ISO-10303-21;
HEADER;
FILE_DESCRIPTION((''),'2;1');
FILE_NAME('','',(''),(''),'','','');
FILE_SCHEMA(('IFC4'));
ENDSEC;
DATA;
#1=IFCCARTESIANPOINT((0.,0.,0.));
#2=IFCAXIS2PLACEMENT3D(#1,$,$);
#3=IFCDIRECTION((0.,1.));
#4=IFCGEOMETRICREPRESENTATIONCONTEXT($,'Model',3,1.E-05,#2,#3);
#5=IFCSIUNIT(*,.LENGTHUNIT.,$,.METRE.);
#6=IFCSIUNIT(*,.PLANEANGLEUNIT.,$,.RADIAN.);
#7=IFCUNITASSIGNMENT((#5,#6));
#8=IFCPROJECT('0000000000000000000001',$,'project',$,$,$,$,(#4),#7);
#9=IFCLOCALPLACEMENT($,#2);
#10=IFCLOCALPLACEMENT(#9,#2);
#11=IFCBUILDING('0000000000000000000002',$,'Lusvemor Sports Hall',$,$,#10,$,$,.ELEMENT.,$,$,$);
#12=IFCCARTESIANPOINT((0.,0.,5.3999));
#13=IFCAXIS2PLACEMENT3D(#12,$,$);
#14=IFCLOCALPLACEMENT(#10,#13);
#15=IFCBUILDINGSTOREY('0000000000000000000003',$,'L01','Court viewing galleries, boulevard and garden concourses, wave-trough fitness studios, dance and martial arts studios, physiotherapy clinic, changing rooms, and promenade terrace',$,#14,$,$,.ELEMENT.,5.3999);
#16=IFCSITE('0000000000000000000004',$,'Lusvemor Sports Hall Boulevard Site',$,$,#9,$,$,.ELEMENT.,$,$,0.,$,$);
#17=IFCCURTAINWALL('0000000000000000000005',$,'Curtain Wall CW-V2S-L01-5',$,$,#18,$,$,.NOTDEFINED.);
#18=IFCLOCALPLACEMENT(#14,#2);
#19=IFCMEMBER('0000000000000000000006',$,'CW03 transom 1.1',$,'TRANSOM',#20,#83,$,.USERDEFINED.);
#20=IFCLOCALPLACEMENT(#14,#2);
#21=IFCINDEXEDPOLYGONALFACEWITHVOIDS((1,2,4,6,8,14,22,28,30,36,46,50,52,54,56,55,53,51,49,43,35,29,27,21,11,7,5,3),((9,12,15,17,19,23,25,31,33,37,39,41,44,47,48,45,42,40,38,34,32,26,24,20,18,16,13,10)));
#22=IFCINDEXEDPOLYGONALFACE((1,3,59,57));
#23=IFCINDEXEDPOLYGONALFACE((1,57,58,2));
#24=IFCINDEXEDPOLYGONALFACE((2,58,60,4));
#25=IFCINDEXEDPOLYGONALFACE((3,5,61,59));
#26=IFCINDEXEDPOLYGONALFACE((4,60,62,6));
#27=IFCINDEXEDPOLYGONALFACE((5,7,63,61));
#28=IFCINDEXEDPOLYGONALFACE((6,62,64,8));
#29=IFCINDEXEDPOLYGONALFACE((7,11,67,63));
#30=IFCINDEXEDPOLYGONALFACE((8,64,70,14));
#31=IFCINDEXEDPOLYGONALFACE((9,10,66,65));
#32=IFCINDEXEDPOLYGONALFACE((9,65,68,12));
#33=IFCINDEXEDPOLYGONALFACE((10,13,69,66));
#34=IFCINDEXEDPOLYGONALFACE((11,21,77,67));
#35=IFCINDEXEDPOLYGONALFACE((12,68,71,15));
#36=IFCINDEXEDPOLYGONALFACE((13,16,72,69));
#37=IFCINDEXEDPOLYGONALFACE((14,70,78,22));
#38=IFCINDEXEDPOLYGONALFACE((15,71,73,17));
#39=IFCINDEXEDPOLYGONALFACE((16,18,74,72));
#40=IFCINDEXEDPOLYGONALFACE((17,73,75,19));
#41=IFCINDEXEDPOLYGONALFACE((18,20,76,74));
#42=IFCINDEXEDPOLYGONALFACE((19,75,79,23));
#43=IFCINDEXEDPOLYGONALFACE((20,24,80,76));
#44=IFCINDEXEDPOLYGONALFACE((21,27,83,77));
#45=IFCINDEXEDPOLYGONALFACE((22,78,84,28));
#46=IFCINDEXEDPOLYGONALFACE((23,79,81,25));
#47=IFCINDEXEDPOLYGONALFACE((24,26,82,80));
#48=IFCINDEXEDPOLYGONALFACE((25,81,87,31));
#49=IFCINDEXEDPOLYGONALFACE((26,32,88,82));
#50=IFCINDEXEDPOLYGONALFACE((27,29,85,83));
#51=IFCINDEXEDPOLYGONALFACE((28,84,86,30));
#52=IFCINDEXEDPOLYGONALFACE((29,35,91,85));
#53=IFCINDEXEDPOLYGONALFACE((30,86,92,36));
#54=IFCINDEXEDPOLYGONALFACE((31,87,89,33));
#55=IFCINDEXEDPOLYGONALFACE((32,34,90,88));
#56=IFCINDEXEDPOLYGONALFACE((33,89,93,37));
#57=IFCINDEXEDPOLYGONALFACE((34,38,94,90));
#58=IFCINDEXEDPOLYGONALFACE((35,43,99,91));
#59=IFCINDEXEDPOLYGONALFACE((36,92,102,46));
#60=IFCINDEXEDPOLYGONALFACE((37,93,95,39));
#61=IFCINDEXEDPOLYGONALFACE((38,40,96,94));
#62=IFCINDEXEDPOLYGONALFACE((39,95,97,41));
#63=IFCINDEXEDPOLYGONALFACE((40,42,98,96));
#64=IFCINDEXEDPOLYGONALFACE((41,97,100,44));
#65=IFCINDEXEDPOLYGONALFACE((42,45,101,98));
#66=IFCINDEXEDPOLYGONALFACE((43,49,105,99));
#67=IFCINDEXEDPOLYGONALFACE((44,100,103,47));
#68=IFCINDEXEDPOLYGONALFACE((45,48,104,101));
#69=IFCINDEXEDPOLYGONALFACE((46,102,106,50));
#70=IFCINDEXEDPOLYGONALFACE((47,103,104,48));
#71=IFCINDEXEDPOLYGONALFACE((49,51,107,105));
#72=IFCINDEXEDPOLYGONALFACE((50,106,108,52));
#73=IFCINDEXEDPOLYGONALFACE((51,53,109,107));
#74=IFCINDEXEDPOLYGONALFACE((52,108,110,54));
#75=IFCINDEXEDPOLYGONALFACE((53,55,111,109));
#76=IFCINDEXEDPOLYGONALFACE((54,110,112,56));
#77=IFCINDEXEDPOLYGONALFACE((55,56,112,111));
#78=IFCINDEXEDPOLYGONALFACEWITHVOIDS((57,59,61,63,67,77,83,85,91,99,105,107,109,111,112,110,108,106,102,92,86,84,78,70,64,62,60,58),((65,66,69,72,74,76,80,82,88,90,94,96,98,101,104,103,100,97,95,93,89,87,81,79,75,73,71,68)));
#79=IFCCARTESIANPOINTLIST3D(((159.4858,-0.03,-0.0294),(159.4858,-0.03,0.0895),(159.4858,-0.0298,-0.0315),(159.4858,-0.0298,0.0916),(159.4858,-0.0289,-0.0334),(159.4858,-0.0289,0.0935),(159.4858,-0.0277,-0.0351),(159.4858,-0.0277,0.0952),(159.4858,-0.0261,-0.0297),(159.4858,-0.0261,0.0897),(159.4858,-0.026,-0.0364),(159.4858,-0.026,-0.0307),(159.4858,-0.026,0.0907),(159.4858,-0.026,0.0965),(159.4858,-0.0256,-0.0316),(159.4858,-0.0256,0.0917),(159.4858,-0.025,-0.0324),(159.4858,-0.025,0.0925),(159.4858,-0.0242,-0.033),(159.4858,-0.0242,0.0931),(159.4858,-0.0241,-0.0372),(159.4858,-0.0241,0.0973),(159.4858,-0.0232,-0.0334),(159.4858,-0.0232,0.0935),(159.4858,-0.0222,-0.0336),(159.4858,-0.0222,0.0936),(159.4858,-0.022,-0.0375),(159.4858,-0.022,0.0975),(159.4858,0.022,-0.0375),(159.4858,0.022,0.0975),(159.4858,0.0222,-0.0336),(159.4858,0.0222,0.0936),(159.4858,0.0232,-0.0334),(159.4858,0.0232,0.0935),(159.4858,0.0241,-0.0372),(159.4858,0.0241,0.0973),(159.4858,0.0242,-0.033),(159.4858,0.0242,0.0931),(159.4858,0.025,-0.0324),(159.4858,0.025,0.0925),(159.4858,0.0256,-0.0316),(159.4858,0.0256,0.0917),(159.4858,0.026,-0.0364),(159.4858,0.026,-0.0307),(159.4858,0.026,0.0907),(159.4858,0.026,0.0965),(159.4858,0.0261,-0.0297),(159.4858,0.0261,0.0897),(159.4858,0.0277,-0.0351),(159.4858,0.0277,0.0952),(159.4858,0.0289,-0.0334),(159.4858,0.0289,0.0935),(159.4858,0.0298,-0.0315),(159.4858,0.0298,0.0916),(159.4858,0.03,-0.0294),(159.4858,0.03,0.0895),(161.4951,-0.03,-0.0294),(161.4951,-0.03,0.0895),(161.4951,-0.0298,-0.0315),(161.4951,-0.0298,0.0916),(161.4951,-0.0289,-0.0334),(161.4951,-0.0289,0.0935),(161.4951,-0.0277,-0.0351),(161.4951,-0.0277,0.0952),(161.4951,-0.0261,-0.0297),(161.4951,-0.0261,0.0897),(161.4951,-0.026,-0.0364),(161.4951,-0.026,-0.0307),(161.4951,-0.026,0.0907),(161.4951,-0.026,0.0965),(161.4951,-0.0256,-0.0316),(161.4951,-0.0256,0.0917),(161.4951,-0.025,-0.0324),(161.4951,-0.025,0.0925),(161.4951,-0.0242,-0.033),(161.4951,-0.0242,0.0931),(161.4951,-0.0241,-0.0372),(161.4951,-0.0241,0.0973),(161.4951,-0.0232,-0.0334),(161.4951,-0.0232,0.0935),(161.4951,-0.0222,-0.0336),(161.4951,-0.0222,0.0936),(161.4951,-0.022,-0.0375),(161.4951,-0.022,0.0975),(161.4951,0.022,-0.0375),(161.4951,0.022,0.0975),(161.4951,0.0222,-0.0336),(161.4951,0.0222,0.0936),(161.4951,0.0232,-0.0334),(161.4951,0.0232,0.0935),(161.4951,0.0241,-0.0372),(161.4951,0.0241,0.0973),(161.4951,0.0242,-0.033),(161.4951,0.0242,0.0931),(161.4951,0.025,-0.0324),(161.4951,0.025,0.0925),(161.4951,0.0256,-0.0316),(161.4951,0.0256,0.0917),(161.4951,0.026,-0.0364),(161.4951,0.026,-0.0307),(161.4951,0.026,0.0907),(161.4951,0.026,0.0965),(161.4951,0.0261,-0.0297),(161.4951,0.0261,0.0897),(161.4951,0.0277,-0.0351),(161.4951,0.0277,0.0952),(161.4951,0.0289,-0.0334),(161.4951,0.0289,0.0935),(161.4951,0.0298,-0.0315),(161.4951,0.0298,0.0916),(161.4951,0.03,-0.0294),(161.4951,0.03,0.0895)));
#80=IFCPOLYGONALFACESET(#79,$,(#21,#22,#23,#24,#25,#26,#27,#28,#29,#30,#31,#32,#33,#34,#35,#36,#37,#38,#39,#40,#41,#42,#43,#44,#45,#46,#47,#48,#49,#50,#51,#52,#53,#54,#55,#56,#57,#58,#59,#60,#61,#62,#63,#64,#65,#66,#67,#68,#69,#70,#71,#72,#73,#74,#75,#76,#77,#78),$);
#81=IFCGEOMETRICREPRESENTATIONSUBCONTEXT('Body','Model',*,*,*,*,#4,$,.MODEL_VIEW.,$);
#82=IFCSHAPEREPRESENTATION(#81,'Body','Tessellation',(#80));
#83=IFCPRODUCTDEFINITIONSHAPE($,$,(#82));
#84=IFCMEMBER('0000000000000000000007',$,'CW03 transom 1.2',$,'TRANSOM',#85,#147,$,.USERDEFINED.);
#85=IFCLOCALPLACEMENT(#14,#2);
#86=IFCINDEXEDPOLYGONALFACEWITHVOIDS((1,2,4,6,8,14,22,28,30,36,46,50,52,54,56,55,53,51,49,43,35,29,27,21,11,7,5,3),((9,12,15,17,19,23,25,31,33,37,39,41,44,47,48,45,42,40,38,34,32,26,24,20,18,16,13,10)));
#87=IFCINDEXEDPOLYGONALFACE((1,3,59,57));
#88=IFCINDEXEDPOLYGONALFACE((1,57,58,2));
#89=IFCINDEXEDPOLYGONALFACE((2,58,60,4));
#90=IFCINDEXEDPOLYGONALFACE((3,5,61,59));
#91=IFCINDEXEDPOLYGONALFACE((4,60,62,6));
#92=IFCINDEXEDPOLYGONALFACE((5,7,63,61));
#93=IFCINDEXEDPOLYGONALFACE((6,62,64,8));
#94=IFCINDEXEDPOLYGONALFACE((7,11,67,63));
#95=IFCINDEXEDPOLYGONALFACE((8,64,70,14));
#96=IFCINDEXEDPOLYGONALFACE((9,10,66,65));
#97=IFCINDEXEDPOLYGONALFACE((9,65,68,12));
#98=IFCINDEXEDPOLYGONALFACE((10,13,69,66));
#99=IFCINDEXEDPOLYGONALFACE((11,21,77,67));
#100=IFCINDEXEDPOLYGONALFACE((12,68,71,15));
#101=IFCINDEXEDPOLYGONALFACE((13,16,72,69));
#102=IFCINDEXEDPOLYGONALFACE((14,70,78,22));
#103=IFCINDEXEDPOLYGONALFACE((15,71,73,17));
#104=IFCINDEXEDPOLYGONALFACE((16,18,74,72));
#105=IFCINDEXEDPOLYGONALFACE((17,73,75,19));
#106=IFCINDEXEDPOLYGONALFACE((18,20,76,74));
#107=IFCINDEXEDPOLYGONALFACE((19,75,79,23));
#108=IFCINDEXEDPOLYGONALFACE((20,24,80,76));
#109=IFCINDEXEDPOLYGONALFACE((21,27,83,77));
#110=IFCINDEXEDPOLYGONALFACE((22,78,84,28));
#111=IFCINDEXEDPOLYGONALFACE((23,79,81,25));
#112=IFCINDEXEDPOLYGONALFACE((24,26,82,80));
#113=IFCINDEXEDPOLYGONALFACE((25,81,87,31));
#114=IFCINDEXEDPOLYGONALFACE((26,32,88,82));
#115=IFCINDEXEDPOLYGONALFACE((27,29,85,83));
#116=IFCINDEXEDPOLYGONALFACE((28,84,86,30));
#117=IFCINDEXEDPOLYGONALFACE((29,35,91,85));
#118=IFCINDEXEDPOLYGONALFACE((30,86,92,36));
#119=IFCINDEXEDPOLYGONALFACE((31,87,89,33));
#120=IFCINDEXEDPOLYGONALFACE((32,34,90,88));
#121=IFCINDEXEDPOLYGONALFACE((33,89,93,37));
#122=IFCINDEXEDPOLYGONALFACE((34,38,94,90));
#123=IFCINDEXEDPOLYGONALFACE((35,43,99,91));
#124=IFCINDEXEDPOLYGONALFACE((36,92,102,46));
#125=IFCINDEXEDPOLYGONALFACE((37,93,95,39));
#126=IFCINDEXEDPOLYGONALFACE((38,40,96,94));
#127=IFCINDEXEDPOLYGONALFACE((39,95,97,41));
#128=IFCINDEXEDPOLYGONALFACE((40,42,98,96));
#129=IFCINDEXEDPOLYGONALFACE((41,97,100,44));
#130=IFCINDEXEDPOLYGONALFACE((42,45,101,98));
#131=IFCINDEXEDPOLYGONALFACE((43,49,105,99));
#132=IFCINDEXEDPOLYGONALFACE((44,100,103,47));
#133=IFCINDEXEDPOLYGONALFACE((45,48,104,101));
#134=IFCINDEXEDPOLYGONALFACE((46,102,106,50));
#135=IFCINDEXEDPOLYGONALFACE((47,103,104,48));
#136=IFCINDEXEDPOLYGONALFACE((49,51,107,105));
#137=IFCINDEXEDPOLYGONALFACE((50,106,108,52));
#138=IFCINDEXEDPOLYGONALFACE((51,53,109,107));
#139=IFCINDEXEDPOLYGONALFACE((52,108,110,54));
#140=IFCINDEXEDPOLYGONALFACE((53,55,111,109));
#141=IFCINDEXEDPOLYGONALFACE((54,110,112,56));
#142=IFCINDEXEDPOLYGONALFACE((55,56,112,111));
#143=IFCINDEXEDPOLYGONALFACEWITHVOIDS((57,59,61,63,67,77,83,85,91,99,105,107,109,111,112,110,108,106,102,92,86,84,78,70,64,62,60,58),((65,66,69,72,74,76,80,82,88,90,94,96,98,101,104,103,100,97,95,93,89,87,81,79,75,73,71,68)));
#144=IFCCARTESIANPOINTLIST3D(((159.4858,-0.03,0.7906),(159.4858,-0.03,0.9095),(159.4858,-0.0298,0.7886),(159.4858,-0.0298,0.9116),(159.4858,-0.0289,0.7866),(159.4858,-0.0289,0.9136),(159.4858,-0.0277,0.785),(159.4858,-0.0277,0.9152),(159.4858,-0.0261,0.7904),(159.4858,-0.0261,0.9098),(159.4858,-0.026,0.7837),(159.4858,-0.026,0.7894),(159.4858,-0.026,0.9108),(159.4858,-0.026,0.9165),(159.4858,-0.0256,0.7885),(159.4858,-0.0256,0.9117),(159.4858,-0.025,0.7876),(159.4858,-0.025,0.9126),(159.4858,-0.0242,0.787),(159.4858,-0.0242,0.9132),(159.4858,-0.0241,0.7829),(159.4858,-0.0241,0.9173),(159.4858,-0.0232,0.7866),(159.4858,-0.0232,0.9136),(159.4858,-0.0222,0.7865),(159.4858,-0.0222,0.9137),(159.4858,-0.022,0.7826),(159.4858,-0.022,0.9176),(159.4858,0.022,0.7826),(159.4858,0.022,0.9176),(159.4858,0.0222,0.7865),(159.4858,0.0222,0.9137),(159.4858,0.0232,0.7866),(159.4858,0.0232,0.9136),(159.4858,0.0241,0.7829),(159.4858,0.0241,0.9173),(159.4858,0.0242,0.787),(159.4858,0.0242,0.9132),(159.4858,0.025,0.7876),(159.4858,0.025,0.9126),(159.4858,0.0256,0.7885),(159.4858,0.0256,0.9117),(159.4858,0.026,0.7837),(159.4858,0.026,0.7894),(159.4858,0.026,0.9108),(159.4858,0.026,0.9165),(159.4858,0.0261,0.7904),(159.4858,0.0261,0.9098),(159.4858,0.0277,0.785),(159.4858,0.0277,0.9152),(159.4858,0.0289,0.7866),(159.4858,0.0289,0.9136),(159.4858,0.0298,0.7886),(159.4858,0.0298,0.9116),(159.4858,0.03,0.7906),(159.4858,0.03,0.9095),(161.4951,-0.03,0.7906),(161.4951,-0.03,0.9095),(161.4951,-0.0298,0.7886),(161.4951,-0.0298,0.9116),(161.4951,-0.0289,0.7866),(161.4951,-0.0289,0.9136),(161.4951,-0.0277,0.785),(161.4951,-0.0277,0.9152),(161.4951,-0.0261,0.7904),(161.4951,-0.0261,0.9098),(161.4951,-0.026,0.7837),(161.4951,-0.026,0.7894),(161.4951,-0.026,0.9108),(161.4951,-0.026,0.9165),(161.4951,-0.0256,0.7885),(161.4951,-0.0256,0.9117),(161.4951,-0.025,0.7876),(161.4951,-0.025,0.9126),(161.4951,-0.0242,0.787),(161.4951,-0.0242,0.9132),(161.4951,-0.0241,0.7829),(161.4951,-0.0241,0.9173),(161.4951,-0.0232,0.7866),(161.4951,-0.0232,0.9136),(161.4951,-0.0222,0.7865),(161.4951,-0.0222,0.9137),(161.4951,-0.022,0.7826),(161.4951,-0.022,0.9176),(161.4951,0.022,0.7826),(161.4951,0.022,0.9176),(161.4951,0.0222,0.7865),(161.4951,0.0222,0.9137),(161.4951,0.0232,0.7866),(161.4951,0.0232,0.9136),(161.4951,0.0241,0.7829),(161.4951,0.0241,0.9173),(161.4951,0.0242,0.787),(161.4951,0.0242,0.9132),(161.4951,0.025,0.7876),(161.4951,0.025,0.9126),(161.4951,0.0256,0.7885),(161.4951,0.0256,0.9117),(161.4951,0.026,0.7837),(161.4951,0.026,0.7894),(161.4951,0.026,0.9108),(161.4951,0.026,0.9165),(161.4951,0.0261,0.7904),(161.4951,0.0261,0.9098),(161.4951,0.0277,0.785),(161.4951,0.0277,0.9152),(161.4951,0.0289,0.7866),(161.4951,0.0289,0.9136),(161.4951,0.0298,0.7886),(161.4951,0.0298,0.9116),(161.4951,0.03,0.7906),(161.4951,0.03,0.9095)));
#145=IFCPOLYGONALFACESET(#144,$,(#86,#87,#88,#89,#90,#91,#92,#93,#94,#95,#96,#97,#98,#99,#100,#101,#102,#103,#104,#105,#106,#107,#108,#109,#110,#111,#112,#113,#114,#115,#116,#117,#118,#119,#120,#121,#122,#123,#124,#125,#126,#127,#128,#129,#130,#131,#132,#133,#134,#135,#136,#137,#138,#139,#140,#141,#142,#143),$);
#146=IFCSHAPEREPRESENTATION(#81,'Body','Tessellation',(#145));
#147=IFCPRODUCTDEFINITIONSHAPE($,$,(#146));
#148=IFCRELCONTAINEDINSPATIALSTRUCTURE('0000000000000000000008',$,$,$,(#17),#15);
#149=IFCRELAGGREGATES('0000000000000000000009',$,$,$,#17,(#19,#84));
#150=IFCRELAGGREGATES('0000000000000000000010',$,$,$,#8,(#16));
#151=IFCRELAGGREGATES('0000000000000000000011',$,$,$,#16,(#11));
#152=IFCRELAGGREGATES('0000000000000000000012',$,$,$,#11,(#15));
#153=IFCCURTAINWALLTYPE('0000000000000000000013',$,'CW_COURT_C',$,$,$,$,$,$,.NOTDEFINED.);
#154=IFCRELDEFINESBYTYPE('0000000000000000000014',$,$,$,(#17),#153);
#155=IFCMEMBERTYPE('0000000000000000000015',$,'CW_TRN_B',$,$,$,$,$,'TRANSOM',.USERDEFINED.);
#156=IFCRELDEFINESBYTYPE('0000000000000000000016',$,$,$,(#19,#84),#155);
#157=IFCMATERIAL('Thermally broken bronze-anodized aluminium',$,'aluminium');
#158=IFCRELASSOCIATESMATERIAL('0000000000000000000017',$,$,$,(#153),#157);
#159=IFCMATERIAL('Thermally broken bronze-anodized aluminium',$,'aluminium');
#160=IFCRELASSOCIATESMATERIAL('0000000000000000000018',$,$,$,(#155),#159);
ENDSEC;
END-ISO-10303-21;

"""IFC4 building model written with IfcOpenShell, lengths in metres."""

from ifc_helpers import new_model, si_unit, direction, frame, origin, origin_2d, place, context, subcontext, project, spatial, hollow_rectangle, extrude, material, material_profile, profile_set, type_object, element, aggregate, save


model = new_model("IFC4")

# Units and contexts
model_context = context("Model", 3, precision=1e-05, world=origin(), true_north=direction((0.0, 1.0)))
body_context = subcontext(model_context, "Body", "Model", "MODEL_VIEW")
ifc_project = project(units=[si_unit("LENGTHUNIT", "METRE"), si_unit("PLANEANGLEUNIT", "RADIAN")], contexts=[model_context])

# Site, building, storey
site_placement = place(None, origin())
site = spatial("IfcSite", under=ifc_project, at=site_placement, Name="Lusvemor Sports Hall Boulevard Site", CompositionType="ELEMENT", RefElevation=0.0)
building_placement = place(site_placement, origin())
building = spatial("IfcBuilding", under=site, at=building_placement, Name="Lusvemor Sports Hall", CompositionType="ELEMENT")
storey_placement = place(building_placement, frame((0.0, 0.0, 5.3999)))
storey = spatial("IfcBuildingStorey", under=building, at=storey_placement, Name="L01", Description="Court viewing galleries, boulevard and garden concourses, wave-trough fitness studios, dance and martial arts studios, physiotherapy clinic, changing rooms, and promenade terrace", CompositionType="ELEMENT", Elevation=5.3999)

# Curtain wall, members
ifc_material_1 = material(Name="Thermally broken bronze-anodized aluminium", Category="aluminium")
curtain_wall_type = type_object("IfcCurtainWallType", Name="CW_COURT_C", PredefinedType="NOTDEFINED", material=ifc_material_1)
curtain_wall_placement = place(storey_placement, origin())
curtain_wall = element("IfcCurtainWall", 1, at=curtain_wall_placement, inside=storey, type_object=curtain_wall_type, Name="Curtain Wall CW-V2S-L01-5", PredefinedType="NOTDEFINED")
ifc_material_2 = material(Name="Thermally broken bronze-anodized aluminium", Category="aluminium")
ifc_material_profile_1 = material_profile(ifc_material_2, hollow_rectangle(XDim=0.0601, YDim=0.135, WallThickness=0.0039, InnerFilletRadius=0.0039, OuterFilletRadius=0.0081, at=origin_2d()), Name="CWTRN135x60x4")
ifc_profile_set_1 = profile_set([ifc_material_profile_1], Name="Thermally broken bronze-anodized aluminium")
member_type_1 = type_object("IfcMemberType", Name="CW_TRN_B", ElementType="TRANSOM", PredefinedType="USERDEFINED", material=ifc_profile_set_1)
member_1_placement = place(storey_placement, frame((161.4951, 0.0, 0.03), z_axis=(-1.0, 0.0, 0.0), x_axis=(0.0, -1.0, 0.0)))
member_1 = element("IfcMember", 2, at=member_1_placement, type_object=member_type_1, Name="CW03 transom 1.1", ObjectType="TRANSOM", PredefinedType="USERDEFINED", context=body_context, shape_type="SweptSolid", body=[
    extrude(hollow_rectangle(XDim=0.0601, YDim=0.135, WallThickness=0.0039, InnerFilletRadius=0.0039, OuterFilletRadius=0.0081, at=origin_2d()), origin(), (0.0, 0.0, 1.0), 2.0093),
])
member_2_placement = place(storey_placement, frame((161.4951, 0.0, 0.8501), z_axis=(-1.0, 0.0, 0.0), x_axis=(0.0, -1.0, 0.0)))
member_2 = element("IfcMember", 3, at=member_2_placement, type_object=member_type_1, Name="CW03 transom 1.2", ObjectType="TRANSOM", PredefinedType="USERDEFINED", context=body_context, shape_type="SweptSolid", body=[
    extrude(hollow_rectangle(XDim=0.0601, YDim=0.135, WallThickness=0.0039, InnerFilletRadius=0.0039, OuterFilletRadius=0.0081, at=origin_2d()), origin(), (0.0, 0.0, 1.0), 2.0093),
])

aggregate(curtain_wall, [member_1, member_2])

save(model, "model.ifc")
